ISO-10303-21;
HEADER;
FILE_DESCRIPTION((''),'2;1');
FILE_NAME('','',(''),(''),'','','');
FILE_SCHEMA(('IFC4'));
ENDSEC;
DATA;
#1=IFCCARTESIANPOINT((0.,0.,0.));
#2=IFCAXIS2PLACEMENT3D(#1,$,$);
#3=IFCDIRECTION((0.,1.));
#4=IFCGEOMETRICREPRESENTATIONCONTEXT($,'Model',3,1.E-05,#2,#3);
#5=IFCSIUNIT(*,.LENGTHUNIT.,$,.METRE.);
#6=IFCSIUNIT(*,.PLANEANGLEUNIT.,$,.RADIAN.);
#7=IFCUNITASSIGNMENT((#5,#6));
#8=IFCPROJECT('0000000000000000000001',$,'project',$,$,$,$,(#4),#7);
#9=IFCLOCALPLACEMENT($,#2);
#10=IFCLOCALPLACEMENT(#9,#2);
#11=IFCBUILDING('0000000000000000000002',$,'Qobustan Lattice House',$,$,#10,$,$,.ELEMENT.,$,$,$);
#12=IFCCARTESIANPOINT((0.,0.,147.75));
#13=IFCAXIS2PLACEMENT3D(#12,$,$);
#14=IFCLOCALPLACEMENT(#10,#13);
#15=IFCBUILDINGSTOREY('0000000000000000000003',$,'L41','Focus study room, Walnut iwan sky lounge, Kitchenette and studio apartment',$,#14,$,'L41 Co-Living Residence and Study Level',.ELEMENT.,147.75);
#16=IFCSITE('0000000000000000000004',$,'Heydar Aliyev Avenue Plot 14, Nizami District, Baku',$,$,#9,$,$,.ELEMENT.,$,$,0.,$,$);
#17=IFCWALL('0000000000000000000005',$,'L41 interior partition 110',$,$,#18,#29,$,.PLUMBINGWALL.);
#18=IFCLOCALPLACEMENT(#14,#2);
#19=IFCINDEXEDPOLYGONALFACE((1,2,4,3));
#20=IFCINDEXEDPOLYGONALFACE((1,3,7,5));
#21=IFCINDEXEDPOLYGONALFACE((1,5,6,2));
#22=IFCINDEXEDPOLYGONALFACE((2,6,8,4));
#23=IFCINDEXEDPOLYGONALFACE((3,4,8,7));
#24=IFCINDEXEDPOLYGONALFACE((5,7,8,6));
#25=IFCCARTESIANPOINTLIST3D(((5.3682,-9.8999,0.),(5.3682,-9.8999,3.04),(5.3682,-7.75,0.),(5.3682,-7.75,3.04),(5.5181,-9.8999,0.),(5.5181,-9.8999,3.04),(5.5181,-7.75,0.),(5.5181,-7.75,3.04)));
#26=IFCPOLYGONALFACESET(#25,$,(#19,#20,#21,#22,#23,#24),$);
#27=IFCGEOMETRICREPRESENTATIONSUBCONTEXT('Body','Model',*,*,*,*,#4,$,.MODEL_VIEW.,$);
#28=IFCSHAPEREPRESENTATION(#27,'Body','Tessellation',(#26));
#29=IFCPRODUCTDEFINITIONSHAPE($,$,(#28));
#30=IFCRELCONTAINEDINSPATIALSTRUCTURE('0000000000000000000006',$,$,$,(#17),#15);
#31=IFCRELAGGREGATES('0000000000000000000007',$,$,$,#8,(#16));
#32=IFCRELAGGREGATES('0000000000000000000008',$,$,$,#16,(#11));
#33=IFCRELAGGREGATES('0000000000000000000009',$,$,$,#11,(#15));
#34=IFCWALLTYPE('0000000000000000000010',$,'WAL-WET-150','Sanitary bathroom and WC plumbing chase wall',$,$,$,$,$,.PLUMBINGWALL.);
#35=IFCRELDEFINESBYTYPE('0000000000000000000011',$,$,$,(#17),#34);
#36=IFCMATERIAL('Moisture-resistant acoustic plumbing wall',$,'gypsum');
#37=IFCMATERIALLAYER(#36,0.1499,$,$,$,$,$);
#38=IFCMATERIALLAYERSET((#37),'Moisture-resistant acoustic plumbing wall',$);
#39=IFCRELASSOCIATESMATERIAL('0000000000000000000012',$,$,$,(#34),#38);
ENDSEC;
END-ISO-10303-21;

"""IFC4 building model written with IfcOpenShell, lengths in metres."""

from ifc_helpers import new_model, si_unit, direction, frame, frame_2d, origin, place, context, subcontext, project, spatial, rectangle, extrude, material, layer, layer_set, type_object, element, save


model = new_model("IFC4")

# Units and contexts
model_context = context("Model", 3, precision=1e-05, world=origin(), true_north=direction((0.0, 1.0)))
body_context = subcontext(model_context, "Body", "Model", "MODEL_VIEW")
ifc_project = project(units=[si_unit("LENGTHUNIT", "METRE"), si_unit("PLANEANGLEUNIT", "RADIAN")], contexts=[model_context])

# Site, building, storey
site_placement = place(None, origin())
site = spatial("IfcSite", under=ifc_project, at=site_placement, Name="Heydar Aliyev Avenue Plot 14, Nizami District, Baku", CompositionType="ELEMENT", RefElevation=0.0)
building_placement = place(site_placement, origin())
building = spatial("IfcBuilding", under=site, at=building_placement, Name="Qobustan Lattice House", CompositionType="ELEMENT")
storey_placement = place(building_placement, frame((0.0, 0.0, 147.75)))
storey = spatial("IfcBuildingStorey", under=building, at=storey_placement, Name="L41", Description="Focus study room, Walnut iwan sky lounge, Kitchenette and studio apartment", LongName="L41 Co-Living Residence and Study Level", CompositionType="ELEMENT", Elevation=147.75)

# Shared definitions
ifc_material_1 = material(Name="Moisture-resistant acoustic plumbing wall", Category="gypsum")
ifc_layer_1 = layer(ifc_material_1, 0.1499)
ifc_layer_set_1 = layer_set([ifc_layer_1], Name="Moisture-resistant acoustic plumbing wall")
wall_type_1 = type_object("IfcWallType", Name="WAL-WET-150", Description="Sanitary bathroom and WC plumbing chase wall", PredefinedType="PLUMBINGWALL", material=ifc_layer_set_1)

# Wall
wall_1_placement = place(storey_placement, frame((5.4431, -9.8999, 0.0), z_axis=(0.0, 0.0, 1.0), x_axis=(0.0, 1.0, 0.0)))
element("IfcWall", 1, at=wall_1_placement, inside=storey, type_object=wall_type_1, Name="L41 interior partition 110", PredefinedType="PLUMBINGWALL", context=body_context, shape_type="SweptSolid", body=[
    extrude(rectangle(XDim=2.1499, YDim=0.1499, at=frame_2d((1.075, 0.0))), origin(), (0.0, 0.0, 1.0), 3.04),
])

save(model, "model.ifc")
